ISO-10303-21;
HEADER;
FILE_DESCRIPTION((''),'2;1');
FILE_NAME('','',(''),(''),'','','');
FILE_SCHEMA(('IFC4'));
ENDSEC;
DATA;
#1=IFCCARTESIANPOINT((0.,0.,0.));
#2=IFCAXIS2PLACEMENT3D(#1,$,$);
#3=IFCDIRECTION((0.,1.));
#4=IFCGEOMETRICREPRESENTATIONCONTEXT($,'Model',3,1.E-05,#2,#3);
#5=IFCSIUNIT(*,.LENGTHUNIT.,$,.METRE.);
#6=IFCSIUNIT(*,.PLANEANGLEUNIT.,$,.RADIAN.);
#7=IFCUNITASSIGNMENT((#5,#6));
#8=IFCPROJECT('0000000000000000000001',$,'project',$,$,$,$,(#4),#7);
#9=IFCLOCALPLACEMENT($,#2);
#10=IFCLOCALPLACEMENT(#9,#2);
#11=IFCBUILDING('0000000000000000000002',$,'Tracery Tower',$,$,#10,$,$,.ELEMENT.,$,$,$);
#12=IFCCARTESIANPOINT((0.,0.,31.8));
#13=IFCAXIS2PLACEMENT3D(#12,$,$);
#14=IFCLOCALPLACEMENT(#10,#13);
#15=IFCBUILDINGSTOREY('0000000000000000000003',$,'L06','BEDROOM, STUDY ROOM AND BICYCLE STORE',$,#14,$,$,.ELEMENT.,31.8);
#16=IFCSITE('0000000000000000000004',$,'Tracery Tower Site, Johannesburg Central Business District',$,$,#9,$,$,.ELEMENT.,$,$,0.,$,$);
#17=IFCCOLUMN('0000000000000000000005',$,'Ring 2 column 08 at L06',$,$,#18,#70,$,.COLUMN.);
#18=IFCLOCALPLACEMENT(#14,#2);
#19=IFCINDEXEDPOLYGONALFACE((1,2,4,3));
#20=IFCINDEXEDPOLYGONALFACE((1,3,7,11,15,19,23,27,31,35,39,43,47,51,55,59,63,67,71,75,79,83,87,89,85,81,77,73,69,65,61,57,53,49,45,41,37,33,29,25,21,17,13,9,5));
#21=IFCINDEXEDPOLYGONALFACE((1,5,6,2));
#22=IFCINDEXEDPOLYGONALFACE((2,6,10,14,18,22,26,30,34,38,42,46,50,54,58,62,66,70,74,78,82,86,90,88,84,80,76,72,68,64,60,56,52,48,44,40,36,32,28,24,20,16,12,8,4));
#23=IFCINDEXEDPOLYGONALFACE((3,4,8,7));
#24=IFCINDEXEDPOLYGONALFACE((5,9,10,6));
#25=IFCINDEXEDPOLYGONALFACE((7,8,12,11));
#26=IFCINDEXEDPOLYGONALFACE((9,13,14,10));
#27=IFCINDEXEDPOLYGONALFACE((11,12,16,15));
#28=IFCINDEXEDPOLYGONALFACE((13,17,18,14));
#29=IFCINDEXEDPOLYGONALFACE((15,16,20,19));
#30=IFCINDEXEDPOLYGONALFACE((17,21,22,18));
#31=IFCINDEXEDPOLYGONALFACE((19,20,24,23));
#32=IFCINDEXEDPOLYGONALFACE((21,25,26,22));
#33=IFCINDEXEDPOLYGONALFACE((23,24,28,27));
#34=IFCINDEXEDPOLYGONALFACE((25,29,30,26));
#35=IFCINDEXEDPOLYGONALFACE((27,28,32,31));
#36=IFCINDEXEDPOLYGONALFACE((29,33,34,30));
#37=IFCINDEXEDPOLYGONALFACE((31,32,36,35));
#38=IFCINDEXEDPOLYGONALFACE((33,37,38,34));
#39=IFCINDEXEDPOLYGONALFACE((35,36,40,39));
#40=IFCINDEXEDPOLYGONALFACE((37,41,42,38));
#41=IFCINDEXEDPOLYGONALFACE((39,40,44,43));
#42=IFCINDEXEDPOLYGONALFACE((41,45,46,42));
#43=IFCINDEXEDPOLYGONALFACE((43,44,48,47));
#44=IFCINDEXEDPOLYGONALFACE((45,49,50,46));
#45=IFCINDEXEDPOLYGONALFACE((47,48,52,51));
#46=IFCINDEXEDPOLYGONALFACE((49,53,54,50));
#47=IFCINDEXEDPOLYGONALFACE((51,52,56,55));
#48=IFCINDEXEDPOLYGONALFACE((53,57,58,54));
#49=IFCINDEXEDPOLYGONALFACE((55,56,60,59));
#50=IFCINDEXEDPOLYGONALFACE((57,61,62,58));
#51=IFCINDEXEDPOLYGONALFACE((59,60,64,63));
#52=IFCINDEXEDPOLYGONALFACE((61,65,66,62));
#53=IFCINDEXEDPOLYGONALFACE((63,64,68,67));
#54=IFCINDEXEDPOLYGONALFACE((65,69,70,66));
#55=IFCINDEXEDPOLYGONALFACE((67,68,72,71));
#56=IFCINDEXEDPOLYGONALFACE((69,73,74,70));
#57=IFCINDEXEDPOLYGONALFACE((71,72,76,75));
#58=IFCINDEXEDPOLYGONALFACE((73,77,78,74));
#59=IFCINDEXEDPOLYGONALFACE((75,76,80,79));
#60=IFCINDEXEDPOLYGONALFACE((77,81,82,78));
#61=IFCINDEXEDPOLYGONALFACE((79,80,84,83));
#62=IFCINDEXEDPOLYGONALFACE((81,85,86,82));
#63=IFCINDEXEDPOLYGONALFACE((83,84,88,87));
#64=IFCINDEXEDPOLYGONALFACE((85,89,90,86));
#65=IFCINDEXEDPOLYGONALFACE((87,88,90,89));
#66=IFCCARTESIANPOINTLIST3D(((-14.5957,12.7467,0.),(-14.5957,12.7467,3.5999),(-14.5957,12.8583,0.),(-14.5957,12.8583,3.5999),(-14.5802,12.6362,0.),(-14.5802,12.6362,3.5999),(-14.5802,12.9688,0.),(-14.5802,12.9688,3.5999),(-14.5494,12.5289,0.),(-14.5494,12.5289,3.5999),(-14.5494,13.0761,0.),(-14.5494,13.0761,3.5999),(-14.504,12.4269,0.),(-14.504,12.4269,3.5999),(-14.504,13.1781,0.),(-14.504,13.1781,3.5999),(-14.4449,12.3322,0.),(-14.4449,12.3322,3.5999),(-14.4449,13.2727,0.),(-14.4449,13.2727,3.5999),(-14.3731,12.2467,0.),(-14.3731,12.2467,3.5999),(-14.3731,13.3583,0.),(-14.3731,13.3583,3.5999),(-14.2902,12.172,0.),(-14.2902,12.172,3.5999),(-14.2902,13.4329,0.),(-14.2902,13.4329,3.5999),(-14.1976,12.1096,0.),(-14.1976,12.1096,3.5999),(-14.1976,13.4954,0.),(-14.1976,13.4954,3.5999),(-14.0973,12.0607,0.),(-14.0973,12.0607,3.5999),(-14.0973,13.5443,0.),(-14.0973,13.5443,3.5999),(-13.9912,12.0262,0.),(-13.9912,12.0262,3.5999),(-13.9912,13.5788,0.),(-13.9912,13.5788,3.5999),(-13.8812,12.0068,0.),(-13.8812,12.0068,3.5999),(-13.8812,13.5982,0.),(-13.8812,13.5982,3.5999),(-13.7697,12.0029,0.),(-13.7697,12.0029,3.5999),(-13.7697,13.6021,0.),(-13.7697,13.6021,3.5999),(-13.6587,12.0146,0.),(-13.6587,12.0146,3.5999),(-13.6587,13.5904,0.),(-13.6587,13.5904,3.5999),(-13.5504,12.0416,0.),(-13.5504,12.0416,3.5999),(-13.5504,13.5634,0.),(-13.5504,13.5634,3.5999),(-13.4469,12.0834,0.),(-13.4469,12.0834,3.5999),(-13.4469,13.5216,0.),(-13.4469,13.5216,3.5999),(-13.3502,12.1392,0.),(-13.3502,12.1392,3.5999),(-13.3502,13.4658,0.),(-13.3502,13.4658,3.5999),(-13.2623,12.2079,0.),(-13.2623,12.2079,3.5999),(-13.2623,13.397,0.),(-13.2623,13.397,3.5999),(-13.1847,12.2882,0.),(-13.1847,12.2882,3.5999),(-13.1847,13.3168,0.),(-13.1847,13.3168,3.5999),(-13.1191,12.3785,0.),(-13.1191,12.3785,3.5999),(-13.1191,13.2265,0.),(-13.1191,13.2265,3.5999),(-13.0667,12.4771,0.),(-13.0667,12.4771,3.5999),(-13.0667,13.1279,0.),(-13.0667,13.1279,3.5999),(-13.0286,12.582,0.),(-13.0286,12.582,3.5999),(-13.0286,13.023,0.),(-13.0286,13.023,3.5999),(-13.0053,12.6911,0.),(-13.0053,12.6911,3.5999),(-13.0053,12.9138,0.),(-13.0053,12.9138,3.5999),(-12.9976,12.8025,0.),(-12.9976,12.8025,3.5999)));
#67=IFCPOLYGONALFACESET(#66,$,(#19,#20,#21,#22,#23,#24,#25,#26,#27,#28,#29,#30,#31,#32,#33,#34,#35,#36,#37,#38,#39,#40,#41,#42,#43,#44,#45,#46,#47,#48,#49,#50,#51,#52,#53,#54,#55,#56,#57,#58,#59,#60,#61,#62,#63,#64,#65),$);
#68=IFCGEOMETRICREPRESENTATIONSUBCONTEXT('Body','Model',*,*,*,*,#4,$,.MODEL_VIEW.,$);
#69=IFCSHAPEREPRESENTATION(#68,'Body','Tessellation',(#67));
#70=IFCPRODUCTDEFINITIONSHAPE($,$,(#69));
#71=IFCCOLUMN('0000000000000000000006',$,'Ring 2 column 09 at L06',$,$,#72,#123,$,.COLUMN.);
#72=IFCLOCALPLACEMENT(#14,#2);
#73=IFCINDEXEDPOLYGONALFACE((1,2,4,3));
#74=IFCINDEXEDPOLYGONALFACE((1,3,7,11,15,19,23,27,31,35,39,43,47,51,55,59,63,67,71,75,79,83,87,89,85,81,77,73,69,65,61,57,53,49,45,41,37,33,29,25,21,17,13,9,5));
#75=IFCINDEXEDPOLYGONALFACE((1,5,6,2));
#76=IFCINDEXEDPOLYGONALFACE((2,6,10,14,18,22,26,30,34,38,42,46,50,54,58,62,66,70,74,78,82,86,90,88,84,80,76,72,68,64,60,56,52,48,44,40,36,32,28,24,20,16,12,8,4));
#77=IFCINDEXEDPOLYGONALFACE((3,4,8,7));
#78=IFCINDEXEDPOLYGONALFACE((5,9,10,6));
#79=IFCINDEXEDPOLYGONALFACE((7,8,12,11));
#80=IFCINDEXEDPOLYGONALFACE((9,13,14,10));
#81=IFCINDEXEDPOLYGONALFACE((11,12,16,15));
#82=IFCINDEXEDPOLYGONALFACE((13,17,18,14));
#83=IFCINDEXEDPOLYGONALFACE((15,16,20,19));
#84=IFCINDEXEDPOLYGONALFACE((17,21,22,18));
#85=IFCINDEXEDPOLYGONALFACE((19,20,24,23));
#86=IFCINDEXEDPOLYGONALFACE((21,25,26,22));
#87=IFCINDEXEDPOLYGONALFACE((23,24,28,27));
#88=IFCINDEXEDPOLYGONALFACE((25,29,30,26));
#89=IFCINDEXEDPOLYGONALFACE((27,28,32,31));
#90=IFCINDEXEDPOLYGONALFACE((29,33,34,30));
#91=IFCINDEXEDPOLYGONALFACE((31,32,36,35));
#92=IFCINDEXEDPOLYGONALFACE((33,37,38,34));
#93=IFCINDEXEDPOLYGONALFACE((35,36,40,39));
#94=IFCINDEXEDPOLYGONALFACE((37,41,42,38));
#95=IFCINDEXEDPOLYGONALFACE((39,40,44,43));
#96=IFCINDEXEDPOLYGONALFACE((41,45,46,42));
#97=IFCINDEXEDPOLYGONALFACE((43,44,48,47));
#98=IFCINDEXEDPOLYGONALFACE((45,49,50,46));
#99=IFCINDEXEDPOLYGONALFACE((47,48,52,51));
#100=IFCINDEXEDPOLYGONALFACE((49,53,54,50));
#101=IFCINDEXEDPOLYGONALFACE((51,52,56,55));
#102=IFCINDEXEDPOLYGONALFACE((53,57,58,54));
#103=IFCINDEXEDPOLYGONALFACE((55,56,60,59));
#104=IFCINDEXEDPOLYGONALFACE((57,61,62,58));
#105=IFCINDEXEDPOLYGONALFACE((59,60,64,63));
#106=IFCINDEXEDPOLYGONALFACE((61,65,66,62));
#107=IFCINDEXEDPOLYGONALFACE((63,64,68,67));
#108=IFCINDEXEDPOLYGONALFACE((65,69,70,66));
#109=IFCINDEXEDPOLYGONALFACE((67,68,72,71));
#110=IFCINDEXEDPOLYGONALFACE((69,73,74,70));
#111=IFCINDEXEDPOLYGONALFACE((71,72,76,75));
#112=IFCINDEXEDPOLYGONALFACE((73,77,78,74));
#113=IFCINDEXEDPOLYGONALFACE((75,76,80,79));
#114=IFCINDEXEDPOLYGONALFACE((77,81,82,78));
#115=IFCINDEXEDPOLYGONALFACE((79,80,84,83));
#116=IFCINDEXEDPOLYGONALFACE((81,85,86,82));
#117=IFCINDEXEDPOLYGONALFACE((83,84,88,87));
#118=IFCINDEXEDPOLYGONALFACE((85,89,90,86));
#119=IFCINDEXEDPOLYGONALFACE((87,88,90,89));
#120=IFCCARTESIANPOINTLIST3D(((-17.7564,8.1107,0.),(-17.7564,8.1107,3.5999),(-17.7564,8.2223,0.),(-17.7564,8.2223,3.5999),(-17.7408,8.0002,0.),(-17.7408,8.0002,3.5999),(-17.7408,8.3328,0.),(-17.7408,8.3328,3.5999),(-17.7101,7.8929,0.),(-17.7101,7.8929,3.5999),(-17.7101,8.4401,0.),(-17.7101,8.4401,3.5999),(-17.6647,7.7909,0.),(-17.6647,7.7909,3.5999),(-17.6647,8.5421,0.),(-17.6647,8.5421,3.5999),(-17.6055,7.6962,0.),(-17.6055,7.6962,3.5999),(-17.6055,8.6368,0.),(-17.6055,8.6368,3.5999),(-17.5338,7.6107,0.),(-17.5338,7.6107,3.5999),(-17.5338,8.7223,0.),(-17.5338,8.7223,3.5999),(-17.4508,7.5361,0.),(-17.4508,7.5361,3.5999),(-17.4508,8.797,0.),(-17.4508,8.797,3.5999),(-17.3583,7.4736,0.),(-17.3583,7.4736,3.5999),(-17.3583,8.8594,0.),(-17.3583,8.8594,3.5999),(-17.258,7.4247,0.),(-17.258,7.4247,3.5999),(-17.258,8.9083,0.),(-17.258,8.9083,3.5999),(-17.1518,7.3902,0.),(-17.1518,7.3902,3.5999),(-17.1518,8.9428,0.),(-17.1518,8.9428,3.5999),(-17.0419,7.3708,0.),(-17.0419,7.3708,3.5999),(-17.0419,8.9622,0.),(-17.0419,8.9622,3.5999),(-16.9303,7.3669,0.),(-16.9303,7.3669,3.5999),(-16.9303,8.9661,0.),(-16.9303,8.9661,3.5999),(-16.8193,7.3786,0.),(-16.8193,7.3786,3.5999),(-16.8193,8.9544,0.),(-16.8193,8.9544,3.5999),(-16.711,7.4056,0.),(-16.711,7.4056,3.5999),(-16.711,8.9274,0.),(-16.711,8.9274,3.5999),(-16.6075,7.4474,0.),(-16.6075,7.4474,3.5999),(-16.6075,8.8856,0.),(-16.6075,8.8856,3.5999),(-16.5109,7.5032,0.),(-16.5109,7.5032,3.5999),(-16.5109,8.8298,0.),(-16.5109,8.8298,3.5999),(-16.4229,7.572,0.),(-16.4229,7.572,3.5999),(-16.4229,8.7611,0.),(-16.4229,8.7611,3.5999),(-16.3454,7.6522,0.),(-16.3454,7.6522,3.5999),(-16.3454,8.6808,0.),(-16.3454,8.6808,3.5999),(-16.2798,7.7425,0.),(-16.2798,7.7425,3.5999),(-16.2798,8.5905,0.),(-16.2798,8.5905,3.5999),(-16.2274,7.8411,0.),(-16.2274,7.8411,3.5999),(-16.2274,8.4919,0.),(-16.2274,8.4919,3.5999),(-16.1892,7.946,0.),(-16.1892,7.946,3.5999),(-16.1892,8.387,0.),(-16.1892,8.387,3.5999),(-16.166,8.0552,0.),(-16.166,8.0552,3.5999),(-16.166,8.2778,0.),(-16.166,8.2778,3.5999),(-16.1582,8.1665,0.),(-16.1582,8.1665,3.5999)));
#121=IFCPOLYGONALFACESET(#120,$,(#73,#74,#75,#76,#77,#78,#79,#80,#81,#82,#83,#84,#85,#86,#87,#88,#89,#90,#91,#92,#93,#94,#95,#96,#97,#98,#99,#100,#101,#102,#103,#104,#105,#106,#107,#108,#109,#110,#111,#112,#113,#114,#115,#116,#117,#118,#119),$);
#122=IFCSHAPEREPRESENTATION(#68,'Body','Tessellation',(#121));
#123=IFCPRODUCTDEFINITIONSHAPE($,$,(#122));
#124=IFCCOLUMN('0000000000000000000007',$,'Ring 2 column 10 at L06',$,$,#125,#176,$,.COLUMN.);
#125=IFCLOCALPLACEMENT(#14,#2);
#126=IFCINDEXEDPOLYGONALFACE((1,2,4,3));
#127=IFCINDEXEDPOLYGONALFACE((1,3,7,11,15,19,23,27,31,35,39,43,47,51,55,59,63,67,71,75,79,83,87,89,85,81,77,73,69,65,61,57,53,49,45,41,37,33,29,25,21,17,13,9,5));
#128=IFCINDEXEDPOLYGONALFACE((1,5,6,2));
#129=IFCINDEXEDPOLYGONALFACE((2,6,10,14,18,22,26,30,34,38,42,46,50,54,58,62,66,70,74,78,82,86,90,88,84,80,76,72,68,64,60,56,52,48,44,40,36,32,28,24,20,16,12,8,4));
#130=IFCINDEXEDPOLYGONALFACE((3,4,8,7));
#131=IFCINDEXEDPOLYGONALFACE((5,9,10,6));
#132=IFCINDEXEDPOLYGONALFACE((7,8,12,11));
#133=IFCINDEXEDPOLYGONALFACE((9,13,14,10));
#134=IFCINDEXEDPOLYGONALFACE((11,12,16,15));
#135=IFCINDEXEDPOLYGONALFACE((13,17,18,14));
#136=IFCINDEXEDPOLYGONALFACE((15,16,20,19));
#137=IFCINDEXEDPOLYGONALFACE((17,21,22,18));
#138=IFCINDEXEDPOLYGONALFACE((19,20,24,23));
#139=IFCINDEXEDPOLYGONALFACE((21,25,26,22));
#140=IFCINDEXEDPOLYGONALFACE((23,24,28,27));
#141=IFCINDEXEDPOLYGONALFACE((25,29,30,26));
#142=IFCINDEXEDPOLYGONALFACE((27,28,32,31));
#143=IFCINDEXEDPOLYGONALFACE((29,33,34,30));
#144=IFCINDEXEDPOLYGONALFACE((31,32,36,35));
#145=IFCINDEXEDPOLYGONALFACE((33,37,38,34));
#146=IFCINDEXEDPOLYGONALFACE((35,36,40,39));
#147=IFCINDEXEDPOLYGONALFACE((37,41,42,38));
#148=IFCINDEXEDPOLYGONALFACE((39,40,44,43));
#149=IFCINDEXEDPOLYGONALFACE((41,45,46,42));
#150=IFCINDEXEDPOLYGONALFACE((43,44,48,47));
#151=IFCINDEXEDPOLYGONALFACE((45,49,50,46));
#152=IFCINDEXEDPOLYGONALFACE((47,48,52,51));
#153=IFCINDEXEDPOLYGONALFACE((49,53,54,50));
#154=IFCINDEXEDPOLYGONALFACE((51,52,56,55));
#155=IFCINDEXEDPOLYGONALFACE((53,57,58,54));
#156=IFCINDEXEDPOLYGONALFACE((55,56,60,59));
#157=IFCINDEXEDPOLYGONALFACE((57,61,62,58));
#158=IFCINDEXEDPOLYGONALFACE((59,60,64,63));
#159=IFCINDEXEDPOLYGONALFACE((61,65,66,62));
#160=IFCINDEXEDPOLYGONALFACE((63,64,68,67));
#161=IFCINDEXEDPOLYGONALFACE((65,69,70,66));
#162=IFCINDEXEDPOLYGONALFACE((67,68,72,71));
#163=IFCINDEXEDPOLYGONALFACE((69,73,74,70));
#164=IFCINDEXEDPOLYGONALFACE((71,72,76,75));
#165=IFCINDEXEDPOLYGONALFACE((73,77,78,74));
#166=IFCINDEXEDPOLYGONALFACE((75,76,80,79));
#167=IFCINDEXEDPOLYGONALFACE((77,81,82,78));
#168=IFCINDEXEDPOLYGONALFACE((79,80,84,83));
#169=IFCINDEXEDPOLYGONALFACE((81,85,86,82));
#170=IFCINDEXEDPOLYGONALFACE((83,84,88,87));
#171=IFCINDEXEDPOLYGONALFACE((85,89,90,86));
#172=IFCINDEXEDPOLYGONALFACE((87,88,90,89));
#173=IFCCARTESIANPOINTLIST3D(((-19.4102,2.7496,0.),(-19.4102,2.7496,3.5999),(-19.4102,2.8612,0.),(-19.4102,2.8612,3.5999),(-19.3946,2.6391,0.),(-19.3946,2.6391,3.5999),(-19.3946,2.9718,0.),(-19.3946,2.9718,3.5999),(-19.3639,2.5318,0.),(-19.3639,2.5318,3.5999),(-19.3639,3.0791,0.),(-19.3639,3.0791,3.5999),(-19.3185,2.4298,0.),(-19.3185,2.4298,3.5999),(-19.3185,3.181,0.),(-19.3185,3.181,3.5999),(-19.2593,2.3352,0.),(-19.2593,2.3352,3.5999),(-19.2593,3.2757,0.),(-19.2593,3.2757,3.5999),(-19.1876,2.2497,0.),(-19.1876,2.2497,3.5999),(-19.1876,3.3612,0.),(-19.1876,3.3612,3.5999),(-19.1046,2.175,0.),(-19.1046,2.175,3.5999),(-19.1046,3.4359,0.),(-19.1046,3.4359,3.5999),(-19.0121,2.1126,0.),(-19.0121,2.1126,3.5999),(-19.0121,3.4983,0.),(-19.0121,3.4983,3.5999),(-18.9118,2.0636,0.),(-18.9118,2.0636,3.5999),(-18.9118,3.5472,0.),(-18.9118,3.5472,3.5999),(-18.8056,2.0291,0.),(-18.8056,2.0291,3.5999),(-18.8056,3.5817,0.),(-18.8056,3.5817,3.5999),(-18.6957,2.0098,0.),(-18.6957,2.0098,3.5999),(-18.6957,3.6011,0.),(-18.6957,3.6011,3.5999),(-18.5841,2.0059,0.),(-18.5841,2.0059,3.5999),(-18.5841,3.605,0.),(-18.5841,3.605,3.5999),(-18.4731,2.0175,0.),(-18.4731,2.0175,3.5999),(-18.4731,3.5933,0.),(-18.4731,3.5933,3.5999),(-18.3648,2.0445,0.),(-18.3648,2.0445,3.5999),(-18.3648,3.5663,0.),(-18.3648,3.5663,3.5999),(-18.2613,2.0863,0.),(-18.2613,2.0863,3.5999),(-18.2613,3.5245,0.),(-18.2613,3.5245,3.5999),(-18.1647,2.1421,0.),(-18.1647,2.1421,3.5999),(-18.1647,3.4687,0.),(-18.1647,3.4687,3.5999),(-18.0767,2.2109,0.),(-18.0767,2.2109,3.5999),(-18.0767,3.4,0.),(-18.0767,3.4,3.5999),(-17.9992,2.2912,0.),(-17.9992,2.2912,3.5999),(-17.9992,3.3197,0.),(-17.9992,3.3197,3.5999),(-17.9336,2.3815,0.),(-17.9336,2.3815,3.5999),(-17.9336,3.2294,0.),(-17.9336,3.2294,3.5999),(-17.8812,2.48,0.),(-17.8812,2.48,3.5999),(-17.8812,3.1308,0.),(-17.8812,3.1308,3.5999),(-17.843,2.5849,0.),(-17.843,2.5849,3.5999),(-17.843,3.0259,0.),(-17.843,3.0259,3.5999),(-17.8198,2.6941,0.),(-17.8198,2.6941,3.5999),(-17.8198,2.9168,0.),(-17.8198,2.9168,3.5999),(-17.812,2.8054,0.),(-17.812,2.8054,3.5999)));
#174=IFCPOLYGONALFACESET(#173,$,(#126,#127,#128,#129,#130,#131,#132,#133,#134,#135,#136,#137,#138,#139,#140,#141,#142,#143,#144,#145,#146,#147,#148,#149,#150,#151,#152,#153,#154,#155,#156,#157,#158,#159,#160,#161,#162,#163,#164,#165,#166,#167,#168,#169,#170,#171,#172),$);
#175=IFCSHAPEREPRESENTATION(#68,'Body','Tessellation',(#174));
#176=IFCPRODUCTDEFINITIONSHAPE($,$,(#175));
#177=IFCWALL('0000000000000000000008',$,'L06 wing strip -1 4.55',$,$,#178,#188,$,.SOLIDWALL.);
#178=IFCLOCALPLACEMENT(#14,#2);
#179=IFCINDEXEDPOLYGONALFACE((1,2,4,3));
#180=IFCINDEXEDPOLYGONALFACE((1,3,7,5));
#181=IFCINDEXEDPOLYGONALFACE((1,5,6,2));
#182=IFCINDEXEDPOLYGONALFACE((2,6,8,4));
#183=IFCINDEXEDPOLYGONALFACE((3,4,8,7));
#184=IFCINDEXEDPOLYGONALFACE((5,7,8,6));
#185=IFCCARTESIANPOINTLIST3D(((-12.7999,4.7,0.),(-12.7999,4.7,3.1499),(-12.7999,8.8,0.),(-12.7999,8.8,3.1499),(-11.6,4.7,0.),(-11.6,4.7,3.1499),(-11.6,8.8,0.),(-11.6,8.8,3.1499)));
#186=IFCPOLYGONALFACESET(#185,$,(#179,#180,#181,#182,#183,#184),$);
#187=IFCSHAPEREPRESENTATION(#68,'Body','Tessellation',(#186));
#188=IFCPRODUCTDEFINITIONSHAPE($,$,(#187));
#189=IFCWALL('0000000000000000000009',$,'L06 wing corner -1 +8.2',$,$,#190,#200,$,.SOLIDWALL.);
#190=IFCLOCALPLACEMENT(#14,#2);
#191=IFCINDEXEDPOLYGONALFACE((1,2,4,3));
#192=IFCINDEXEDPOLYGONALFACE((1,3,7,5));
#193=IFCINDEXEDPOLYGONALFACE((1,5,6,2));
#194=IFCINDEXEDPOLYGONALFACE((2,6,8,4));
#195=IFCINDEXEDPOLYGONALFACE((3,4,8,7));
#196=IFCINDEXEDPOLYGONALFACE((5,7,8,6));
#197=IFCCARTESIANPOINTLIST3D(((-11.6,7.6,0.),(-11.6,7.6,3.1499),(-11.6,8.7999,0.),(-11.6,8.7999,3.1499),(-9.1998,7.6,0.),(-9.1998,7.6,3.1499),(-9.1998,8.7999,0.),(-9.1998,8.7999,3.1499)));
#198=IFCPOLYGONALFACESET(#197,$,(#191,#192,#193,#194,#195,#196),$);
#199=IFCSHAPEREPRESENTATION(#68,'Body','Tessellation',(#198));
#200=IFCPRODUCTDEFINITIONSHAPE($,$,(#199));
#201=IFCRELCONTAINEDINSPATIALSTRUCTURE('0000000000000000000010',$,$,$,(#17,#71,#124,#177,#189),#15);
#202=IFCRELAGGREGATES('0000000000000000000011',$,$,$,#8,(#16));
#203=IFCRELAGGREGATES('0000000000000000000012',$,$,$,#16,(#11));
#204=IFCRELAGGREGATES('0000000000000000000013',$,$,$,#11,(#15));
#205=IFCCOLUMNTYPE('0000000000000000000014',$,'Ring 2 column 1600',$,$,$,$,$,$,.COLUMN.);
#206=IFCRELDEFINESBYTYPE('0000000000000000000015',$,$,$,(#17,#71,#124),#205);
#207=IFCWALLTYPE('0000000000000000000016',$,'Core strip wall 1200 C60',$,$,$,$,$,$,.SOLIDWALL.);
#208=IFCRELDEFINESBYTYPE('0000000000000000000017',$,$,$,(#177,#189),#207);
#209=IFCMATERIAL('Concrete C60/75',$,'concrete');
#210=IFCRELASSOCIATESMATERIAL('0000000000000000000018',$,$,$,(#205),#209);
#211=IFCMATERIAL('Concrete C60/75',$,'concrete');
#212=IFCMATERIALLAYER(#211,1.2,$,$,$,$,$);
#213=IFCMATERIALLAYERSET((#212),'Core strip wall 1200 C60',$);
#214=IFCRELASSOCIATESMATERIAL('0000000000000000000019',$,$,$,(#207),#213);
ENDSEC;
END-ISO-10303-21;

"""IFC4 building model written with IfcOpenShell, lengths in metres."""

from ifc_helpers import new_model, si_unit, direction, frame, frame_2d, origin, origin_2d, place, context, subcontext, project, spatial, rectangle, circle, extrude, material, layer, layer_set, material_profile, profile_set, type_object, element, save


model = new_model("IFC4")

# Units and contexts
model_context = context("Model", 3, precision=1e-05, world=origin(), true_north=direction((0.0, 1.0)))
body_context = subcontext(model_context, "Body", "Model", "MODEL_VIEW")
ifc_project = project(units=[si_unit("LENGTHUNIT", "METRE"), si_unit("PLANEANGLEUNIT", "RADIAN")], contexts=[model_context])

# Site, building, storey
site_placement = place(None, origin())
site = spatial("IfcSite", under=ifc_project, at=site_placement, Name="Tracery Tower Site, Johannesburg Central Business District", CompositionType="ELEMENT", RefElevation=0.0)
building_placement = place(site_placement, origin())
building = spatial("IfcBuilding", under=site, at=building_placement, Name="Tracery Tower", CompositionType="ELEMENT")
storey_placement = place(building_placement, frame((0.0, 0.0, 31.8)))
storey = spatial("IfcBuildingStorey", under=building, at=storey_placement, Name="L06", Description="BEDROOM, STUDY ROOM AND BICYCLE STORE", CompositionType="ELEMENT", Elevation=31.8)

# Columns
ifc_material_1 = material(Name="Concrete C60/75", Category="concrete")
ifc_material_profile = material_profile(ifc_material_1, circle(Radius=0.8, at=origin_2d()), Name="RC D1600")
ifc_profile_set = profile_set([ifc_material_profile], Name="Concrete C60/75")
column_type = type_object("IfcColumnType", Name="Ring 2 column 1600", PredefinedType="COLUMN", material=ifc_profile_set)
for number, where, z_axis, x_axis, name in (
    (1, (-13.7976, 12.8025, 0.0), (0.0, 0.0, 1.0), (1.0, 0.0, 0.0), "Ring 2 column 08 at L06"),
    (2, (-16.9583, 8.1665, 0.0), (0.0, 0.0, 1.0), (1.0, 0.0, 0.0), "Ring 2 column 09 at L06"),
    (3, (-18.6121, 2.8054, 0.0), (0.0, 0.0, 1.0), (1.0, 0.0, 0.0), "Ring 2 column 10 at L06"),
):
    element("IfcColumn", number, at=place(storey_placement, frame(where, z_axis=z_axis, x_axis=x_axis)), inside=storey, type_object=column_type, Name=name, PredefinedType="COLUMN", context=body_context, shape_type="SweptSolid", body=[
        extrude(circle(Radius=0.8, at=origin_2d()), origin(), (0.0, 0.0, 1.0), 3.5999),
    ])

# Walls
ifc_material_2 = material(Name="Concrete C60/75", Category="concrete")
ifc_layer_1 = layer(ifc_material_2, 1.2)
ifc_layer_set_1 = layer_set([ifc_layer_1], Name="Core strip wall 1200 C60")
wall_type_1 = type_object("IfcWallType", Name="Core strip wall 1200 C60", PredefinedType="SOLIDWALL", material=ifc_layer_set_1)
wall_1_placement = place(storey_placement, frame((-12.2, 4.7, 0.0), z_axis=(0.0, 0.0, 1.0), x_axis=(0.0, 1.0, 0.0)))
element("IfcWall", 4, at=wall_1_placement, inside=storey, type_object=wall_type_1, Name="L06 wing strip -1 4.55", PredefinedType="SOLIDWALL", context=body_context, shape_type="SweptSolid", body=[
    extrude(rectangle(XDim=4.1001, YDim=1.2, at=frame_2d((2.05, 0.0))), origin(), (0.0, 0.0, 1.0), 3.1499),
])
wall_2_placement = place(storey_placement, frame((-11.6001, 8.2, 0.0), z_axis=(0.0, 0.0, 1.0), x_axis=(1.0, 0.0, 0.0)))
element("IfcWall", 5, at=wall_2_placement, inside=storey, type_object=wall_type_1, Name="L06 wing corner -1 +8.2", PredefinedType="SOLIDWALL", context=body_context, shape_type="SweptSolid", body=[
    extrude(rectangle(XDim=2.4001, YDim=1.2, at=frame_2d((1.2002, 0.0))), origin(), (0.0, 0.0, 1.0), 3.1499),
])

save(model, "model.ifc")
